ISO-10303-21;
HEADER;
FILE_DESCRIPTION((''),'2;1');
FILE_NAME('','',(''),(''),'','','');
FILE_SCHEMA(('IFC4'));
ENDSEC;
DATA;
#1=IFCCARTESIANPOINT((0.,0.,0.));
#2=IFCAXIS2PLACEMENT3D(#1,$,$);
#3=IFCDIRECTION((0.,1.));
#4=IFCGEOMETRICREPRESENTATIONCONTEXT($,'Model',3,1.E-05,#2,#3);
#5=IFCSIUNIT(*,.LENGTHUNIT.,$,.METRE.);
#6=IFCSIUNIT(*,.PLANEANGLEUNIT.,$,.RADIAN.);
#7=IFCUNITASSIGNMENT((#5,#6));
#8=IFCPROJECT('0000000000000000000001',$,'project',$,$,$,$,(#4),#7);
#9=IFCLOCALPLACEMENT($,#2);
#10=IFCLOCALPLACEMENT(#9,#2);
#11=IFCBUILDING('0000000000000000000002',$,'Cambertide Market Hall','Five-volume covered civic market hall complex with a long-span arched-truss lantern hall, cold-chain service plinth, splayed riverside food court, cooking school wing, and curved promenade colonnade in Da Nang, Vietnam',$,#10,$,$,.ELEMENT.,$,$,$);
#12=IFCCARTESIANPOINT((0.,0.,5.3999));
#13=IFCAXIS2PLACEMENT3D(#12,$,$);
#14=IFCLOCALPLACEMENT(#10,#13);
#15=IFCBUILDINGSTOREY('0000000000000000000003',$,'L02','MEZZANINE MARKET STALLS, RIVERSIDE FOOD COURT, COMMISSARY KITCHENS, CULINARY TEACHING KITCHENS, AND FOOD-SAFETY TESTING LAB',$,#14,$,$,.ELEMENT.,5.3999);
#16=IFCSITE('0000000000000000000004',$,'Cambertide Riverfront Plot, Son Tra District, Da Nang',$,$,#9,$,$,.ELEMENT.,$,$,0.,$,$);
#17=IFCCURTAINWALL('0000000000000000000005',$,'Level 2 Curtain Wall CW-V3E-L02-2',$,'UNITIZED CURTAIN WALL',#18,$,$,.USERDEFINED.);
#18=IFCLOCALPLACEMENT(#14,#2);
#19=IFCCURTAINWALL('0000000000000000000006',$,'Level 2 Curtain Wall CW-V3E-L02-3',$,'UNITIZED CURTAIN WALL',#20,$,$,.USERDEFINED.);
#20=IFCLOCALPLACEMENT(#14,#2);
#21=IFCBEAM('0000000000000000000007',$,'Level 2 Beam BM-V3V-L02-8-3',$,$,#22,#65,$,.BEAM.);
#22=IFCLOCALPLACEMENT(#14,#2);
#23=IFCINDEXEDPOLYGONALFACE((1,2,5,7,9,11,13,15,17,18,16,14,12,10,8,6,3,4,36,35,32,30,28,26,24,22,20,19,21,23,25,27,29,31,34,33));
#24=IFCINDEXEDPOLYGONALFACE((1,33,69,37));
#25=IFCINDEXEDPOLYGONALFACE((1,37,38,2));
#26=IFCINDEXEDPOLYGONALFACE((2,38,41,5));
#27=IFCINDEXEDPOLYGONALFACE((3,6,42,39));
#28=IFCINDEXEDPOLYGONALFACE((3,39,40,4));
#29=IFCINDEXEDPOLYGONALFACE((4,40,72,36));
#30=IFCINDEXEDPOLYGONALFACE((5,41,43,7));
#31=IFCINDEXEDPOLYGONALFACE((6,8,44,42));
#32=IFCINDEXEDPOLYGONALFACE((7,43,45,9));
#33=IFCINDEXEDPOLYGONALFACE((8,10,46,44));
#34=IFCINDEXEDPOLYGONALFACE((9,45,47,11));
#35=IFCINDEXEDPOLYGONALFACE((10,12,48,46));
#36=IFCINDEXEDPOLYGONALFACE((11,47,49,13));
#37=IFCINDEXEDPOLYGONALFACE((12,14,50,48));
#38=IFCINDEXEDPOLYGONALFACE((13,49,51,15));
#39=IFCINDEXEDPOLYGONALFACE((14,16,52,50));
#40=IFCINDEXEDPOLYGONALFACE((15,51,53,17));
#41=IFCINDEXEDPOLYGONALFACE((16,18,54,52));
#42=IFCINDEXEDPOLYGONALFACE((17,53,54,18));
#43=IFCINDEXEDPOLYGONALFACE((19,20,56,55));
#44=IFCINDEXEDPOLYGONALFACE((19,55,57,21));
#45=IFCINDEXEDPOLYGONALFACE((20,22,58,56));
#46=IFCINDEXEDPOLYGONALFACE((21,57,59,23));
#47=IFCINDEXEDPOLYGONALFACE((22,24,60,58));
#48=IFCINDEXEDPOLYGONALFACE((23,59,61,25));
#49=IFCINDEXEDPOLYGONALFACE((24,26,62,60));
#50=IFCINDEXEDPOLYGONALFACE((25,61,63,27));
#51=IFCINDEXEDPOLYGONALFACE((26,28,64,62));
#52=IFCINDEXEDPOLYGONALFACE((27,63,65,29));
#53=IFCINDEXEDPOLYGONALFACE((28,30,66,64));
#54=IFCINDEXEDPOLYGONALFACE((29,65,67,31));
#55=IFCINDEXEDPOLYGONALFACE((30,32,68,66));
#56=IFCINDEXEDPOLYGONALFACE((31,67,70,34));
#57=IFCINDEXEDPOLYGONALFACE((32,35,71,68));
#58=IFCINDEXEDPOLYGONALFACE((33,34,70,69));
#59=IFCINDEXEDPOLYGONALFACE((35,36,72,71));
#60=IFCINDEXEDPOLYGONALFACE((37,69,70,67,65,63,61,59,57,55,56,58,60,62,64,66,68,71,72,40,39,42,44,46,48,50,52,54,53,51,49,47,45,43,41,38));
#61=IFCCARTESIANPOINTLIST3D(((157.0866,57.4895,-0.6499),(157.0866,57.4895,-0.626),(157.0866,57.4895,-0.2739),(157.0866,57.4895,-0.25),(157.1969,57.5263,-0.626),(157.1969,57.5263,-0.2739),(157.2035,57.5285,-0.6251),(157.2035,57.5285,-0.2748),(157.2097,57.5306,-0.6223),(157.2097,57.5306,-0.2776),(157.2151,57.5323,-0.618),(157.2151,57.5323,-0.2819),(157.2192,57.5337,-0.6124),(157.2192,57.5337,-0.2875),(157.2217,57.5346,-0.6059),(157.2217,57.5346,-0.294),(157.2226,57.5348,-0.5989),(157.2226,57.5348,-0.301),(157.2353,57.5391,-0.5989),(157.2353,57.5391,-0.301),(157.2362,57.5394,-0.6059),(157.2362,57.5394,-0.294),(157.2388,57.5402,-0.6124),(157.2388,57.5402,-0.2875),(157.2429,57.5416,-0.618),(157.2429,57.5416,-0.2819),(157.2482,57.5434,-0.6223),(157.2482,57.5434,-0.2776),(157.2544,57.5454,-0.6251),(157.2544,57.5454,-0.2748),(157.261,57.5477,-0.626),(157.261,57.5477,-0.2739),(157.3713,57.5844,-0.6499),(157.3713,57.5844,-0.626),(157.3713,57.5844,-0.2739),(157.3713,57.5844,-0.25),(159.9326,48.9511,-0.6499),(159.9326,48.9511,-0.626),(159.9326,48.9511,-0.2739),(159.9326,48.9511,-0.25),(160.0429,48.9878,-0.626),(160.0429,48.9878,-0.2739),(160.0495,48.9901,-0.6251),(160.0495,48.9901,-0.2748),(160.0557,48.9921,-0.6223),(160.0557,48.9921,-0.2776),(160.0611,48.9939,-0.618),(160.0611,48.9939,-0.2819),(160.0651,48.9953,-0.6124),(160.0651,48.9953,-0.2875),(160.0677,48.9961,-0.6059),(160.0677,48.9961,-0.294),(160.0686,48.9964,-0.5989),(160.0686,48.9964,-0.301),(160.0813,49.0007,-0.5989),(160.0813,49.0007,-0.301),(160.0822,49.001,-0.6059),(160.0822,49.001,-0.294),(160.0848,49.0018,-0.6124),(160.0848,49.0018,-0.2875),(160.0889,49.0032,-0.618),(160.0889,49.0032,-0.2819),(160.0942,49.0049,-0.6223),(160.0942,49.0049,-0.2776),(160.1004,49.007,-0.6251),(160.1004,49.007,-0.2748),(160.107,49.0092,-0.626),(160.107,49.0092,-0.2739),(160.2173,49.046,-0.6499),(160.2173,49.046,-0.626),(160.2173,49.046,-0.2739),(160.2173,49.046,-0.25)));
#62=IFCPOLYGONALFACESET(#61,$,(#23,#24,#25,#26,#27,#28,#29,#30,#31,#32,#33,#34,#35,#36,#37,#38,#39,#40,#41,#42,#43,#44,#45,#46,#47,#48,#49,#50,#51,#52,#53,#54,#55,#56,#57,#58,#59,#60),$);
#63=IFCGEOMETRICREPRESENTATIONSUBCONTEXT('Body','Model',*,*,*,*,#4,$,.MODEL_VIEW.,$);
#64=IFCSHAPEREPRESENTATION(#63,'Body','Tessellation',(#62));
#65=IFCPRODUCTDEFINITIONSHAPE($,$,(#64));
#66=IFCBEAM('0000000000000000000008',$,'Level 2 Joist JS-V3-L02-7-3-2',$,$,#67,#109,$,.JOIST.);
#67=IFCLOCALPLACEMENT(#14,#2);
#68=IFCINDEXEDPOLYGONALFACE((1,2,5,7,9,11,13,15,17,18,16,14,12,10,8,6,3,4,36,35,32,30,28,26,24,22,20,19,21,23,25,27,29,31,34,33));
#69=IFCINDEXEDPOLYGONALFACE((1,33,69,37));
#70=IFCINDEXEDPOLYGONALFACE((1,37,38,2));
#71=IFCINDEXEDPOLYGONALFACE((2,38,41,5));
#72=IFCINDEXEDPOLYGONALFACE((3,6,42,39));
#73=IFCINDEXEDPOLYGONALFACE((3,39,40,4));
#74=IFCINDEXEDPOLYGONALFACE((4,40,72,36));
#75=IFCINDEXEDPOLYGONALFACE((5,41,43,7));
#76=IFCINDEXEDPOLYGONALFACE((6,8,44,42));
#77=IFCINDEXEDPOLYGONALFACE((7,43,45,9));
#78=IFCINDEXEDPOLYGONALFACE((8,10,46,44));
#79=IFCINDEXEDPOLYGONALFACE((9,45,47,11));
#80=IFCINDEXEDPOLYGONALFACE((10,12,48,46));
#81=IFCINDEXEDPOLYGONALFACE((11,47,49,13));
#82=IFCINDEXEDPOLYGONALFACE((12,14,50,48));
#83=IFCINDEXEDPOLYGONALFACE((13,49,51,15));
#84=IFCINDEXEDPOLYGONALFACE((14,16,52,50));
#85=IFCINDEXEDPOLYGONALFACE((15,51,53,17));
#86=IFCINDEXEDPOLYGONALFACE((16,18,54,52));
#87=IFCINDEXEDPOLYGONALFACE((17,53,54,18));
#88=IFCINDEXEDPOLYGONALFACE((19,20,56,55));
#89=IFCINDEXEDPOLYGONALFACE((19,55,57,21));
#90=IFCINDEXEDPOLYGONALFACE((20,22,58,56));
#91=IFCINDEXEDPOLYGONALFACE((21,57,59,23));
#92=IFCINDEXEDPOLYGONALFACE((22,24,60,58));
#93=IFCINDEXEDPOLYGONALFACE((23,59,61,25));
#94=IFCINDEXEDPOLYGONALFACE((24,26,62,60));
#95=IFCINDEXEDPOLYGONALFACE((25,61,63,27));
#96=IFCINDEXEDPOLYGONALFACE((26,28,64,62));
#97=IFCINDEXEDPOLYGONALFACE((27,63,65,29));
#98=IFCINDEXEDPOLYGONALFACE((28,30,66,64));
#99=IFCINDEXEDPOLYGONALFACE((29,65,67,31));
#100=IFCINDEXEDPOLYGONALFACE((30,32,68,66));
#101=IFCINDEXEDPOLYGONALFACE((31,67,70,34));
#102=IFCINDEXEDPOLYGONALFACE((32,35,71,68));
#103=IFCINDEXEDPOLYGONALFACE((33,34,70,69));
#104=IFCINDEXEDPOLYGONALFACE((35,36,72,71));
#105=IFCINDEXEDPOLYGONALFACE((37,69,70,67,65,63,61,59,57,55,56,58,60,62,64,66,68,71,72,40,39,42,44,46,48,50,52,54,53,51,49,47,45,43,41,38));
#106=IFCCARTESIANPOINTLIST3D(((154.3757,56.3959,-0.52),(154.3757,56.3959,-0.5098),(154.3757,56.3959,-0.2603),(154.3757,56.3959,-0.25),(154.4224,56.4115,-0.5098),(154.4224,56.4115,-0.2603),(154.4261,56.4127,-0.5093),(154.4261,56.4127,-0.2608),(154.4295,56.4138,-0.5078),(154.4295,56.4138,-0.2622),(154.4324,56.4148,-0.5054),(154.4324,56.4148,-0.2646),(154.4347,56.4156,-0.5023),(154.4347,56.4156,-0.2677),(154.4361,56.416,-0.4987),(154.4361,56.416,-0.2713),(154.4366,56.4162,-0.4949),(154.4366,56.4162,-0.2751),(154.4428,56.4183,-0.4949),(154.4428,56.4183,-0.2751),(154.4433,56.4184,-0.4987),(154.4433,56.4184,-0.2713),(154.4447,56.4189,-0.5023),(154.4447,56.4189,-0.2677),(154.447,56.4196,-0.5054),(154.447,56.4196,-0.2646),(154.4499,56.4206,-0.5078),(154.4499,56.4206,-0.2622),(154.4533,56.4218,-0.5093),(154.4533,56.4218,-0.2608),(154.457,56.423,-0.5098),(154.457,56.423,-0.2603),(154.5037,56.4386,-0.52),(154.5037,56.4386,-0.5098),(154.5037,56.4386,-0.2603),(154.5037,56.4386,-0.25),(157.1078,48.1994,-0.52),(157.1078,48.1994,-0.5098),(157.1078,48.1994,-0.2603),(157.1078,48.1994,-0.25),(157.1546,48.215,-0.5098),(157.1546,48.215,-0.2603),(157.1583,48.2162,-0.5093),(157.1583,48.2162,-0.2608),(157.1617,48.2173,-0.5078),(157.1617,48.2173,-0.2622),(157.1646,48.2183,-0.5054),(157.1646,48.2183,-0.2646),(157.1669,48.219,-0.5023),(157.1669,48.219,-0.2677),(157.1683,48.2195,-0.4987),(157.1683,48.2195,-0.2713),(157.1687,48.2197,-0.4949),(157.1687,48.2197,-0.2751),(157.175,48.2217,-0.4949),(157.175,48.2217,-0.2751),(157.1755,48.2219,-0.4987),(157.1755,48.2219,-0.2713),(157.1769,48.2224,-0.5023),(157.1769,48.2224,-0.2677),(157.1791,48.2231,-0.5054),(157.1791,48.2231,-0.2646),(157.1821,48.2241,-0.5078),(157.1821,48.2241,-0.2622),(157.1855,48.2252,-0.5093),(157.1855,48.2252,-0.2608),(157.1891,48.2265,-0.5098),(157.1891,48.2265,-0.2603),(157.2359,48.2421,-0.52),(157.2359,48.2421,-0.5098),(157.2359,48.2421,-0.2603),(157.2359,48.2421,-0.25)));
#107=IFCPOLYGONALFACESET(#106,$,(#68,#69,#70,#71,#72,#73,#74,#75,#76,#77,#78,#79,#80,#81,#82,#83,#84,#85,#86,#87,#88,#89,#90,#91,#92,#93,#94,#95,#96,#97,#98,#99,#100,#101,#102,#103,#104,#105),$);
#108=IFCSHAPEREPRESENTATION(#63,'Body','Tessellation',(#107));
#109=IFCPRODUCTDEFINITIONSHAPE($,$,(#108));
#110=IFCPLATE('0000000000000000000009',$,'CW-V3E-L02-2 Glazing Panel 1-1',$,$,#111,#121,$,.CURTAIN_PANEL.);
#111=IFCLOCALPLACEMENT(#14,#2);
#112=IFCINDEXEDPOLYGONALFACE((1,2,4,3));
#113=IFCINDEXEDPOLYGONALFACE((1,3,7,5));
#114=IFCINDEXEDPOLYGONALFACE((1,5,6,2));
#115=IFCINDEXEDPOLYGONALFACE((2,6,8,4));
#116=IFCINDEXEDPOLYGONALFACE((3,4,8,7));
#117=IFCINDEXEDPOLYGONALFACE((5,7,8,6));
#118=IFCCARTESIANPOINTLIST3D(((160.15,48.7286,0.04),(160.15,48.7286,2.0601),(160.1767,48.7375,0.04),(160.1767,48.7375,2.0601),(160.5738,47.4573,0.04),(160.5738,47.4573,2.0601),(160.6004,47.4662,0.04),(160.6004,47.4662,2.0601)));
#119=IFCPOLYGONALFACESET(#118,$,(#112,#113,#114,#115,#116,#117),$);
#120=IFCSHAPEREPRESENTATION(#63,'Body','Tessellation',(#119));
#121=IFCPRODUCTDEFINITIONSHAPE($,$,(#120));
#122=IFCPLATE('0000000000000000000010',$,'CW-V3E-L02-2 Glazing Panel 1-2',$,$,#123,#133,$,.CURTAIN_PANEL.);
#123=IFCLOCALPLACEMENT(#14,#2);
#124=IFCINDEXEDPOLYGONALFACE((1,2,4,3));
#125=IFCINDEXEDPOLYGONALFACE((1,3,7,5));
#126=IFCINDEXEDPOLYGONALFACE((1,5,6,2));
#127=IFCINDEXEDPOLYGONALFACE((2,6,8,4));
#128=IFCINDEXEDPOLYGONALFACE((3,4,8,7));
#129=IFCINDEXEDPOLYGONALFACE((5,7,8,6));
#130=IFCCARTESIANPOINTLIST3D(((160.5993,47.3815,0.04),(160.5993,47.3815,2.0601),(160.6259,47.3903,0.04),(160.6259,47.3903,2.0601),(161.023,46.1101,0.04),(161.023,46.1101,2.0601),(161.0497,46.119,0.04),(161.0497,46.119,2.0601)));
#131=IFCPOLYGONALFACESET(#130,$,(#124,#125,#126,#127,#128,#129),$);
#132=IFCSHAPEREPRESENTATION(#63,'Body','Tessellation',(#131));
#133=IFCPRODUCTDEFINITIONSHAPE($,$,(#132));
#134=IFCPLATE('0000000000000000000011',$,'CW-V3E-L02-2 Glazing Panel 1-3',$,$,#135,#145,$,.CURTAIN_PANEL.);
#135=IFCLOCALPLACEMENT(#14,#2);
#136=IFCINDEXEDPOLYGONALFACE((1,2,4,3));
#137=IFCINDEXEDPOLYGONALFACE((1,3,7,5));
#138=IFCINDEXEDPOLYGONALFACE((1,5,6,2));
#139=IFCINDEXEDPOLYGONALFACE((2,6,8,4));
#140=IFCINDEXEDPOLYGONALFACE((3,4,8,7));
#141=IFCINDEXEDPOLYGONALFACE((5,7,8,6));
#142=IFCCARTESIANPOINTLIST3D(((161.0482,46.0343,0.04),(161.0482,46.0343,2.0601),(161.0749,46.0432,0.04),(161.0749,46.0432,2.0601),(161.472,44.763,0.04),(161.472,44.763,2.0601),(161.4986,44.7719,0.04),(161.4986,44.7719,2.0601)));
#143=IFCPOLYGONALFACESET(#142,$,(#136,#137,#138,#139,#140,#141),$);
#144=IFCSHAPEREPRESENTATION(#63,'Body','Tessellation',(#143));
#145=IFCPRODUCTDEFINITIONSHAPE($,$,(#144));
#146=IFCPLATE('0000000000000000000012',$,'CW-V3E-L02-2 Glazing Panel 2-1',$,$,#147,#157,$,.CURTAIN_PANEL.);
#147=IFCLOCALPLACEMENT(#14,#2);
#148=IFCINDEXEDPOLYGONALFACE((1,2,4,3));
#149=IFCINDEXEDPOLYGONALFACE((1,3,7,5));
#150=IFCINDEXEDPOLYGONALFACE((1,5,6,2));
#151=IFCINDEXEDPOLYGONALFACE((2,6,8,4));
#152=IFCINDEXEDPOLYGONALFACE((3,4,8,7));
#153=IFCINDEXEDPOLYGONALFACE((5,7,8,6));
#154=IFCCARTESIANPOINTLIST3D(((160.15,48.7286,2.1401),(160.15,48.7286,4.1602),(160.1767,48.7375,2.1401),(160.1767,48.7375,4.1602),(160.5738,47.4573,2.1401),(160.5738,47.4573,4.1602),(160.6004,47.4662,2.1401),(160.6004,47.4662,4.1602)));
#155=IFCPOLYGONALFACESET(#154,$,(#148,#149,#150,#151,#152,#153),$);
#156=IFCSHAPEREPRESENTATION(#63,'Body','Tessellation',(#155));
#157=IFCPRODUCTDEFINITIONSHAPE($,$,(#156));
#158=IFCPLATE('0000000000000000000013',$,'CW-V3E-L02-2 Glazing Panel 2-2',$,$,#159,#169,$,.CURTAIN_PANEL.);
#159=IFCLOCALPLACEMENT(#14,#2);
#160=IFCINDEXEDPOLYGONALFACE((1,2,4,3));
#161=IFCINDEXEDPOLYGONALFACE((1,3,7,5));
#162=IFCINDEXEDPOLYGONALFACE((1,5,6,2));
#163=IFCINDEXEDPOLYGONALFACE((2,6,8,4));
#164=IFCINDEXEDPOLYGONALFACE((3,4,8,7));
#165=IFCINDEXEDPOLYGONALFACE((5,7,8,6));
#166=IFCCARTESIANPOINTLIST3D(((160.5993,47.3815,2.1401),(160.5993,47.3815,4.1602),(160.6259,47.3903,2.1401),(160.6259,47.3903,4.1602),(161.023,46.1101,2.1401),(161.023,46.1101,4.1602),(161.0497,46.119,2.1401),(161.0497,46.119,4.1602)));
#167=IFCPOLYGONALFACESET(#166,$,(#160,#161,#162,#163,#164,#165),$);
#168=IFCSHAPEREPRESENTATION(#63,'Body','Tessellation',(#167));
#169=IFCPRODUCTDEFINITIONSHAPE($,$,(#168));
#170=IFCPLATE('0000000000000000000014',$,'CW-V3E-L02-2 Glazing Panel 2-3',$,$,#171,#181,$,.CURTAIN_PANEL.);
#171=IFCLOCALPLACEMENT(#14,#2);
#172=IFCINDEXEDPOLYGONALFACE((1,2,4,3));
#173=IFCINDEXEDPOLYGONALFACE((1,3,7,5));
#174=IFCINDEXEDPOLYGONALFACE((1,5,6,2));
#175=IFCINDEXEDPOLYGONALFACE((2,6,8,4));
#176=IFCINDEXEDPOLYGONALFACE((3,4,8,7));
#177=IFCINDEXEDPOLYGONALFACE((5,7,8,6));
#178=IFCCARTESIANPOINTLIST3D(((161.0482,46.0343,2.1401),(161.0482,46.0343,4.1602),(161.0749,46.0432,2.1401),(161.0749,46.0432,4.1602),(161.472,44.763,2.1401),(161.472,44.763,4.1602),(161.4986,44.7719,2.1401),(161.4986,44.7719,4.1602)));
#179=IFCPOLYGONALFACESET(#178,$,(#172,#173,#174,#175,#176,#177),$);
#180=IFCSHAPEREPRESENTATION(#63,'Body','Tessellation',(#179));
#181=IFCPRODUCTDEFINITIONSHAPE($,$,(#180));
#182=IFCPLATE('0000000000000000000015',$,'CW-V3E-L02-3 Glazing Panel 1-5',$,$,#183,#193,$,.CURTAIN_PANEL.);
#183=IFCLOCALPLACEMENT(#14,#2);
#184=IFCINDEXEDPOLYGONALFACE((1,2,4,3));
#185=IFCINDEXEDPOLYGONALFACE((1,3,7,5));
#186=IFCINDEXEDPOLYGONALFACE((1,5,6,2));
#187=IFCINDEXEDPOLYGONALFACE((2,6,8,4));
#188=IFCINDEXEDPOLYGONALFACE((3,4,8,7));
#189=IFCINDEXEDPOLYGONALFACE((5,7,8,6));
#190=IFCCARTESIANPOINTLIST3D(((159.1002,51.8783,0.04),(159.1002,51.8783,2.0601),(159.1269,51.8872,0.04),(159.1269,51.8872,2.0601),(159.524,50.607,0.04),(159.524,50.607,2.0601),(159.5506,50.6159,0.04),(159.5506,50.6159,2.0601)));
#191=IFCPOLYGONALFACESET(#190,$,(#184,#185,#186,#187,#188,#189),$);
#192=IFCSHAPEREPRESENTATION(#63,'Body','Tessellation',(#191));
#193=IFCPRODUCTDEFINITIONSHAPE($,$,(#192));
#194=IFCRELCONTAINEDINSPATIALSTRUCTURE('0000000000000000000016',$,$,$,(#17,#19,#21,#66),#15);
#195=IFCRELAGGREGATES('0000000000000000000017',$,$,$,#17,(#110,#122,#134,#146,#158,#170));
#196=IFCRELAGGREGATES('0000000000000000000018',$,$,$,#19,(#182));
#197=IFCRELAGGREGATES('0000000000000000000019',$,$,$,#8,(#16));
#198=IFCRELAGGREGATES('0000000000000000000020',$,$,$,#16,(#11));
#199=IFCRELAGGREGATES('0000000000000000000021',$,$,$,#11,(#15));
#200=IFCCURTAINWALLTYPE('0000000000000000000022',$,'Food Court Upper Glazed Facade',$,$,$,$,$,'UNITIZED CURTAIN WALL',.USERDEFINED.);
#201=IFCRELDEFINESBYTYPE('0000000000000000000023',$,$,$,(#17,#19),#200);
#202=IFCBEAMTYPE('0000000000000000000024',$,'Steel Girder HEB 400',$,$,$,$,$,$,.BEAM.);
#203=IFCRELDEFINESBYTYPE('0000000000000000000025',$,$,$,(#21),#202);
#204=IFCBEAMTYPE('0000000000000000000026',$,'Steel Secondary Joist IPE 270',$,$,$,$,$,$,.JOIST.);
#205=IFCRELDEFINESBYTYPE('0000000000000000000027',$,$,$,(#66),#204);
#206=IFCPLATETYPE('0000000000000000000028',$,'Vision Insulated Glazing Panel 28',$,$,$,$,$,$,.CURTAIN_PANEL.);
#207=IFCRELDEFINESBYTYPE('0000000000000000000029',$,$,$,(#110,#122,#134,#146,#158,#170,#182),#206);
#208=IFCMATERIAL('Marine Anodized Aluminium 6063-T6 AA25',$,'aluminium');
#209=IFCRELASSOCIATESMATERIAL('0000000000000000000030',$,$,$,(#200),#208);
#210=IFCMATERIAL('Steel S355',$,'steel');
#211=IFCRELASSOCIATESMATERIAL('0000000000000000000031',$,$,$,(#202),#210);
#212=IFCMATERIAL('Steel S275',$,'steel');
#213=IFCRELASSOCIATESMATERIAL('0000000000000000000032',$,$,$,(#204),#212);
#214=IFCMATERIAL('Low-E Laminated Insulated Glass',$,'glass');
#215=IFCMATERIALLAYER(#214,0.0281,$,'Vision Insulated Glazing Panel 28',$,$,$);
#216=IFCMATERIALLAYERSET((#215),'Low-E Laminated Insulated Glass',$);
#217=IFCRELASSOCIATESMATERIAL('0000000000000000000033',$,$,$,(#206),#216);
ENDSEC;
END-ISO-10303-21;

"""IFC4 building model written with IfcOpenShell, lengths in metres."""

from ifc_helpers import new_model, si_unit, direction, frame, origin, origin_2d, place, context, subcontext, project, spatial, rectangle, i_section, extrude, material, layer, layer_set, material_profile, profile_set, type_object, element, aggregate, save


model = new_model("IFC4")

# Units and contexts
model_context = context("Model", 3, precision=1e-05, world=origin(), true_north=direction((0.0, 1.0)))
body_context = subcontext(model_context, "Body", "Model", "MODEL_VIEW")
ifc_project = project(units=[si_unit("LENGTHUNIT", "METRE"), si_unit("PLANEANGLEUNIT", "RADIAN")], contexts=[model_context])

# Site, building, storey
site_placement = place(None, origin())
site = spatial("IfcSite", under=ifc_project, at=site_placement, Name="Cambertide Riverfront Plot, Son Tra District, Da Nang", CompositionType="ELEMENT", RefElevation=0.0)
building_placement = place(site_placement, origin())
building = spatial("IfcBuilding", under=site, at=building_placement, Name="Cambertide Market Hall", Description="Five-volume covered civic market hall complex with a long-span arched-truss lantern hall, cold-chain service plinth, splayed riverside food court, cooking school wing, and curved promenade colonnade in Da Nang, Vietnam", CompositionType="ELEMENT")
storey_placement = place(building_placement, frame((0.0, 0.0, 5.3999)))
storey = spatial("IfcBuildingStorey", under=building, at=storey_placement, Name="L02", Description="MEZZANINE MARKET STALLS, RIVERSIDE FOOD COURT, COMMISSARY KITCHENS, CULINARY TEACHING KITCHENS, AND FOOD-SAFETY TESTING LAB", CompositionType="ELEMENT", Elevation=5.3999)

# Curtain walls
ifc_material_1 = material(Name="Marine Anodized Aluminium 6063-T6 AA25", Category="aluminium")
curtain_wall_type = type_object("IfcCurtainWallType", Name="Food Court Upper Glazed Facade", ElementType="UNITIZED CURTAIN WALL", PredefinedType="USERDEFINED", material=ifc_material_1)
curtain_wall_1_placement = place(storey_placement, origin())
curtain_wall_1 = element("IfcCurtainWall", 1, at=curtain_wall_1_placement, inside=storey, type_object=curtain_wall_type, Name="Level 2 Curtain Wall CW-V3E-L02-2", ObjectType="UNITIZED CURTAIN WALL", PredefinedType="USERDEFINED")
curtain_wall_2_placement = place(storey_placement, origin())
curtain_wall_2 = element("IfcCurtainWall", 2, at=curtain_wall_2_placement, inside=storey, type_object=curtain_wall_type, Name="Level 2 Curtain Wall CW-V3E-L02-3", ObjectType="UNITIZED CURTAIN WALL", PredefinedType="USERDEFINED")

# Beams
ifc_material_2 = material(Name="Steel S355", Category="steel")
ifc_material_profile_1 = material_profile(ifc_material_2, i_section(OverallWidth=0.3, OverallDepth=0.3999, WebThickness=0.0134, FlangeThickness=0.0239, FilletRadius=0.0271, at=origin_2d()), Name="HEB 400")
ifc_profile_set_1 = profile_set([ifc_material_profile_1], Name="Steel S355")
beam_type_1 = type_object("IfcBeamType", Name="Steel Girder HEB 400", PredefinedType="BEAM", material=ifc_profile_set_1)
beam_1_placement = place(storey_placement, frame((160.075, 48.9985, -0.45), z_axis=(-0.316211, 0.948689, 0.0), x_axis=(-0.948689, -0.316211, 0.0)))
element("IfcBeam", 3, at=beam_1_placement, inside=storey, type_object=beam_type_1, Name="Level 2 Beam BM-V3V-L02-8-3", PredefinedType="BEAM", context=body_context, shape_type="SweptSolid", body=[
    extrude(i_section(OverallWidth=0.3, OverallDepth=0.3999, WebThickness=0.0134, FlangeThickness=0.0239, FilletRadius=0.0271, at=origin_2d()), origin(), (0.0, 0.0, 1.0), 9.0002),
])
ifc_material_3 = material(Name="Steel S275", Category="steel")
ifc_material_profile_2 = material_profile(ifc_material_3, i_section(OverallWidth=0.135, OverallDepth=0.27, WebThickness=0.0066, FlangeThickness=0.0103, FilletRadius=0.0149, at=origin_2d()), Name="IPE 270")
ifc_profile_set_2 = profile_set([ifc_material_profile_2], Name="Steel S275")
beam_type_2 = type_object("IfcBeamType", Name="Steel Secondary Joist IPE 270", PredefinedType="JOIST", material=ifc_profile_set_2)
beam_2_placement = place(storey_placement, frame((157.1719, 48.2207, -0.385), z_axis=(-0.316228, 0.948683, 0.0), x_axis=(-0.948683, -0.316228, 0.0)))
element("IfcBeam", 4, at=beam_2_placement, inside=storey, type_object=beam_type_2, Name="Level 2 Joist JS-V3-L02-7-3-2", PredefinedType="JOIST", context=body_context, shape_type="SweptSolid", body=[
    extrude(i_section(OverallWidth=0.135, OverallDepth=0.27, WebThickness=0.0066, FlangeThickness=0.0103, FilletRadius=0.0149, at=origin_2d()), origin(), (0.0, 0.0, 1.0), 8.6399),
])

# Plates
ifc_material_4 = material(Name="Low-E Laminated Insulated Glass", Category="glass")
ifc_layer = layer(ifc_material_4, 0.0281, Name="Vision Insulated Glazing Panel 28")
ifc_layer_set = layer_set([ifc_layer], Name="Low-E Laminated Insulated Glass")
plate_type = type_object("IfcPlateType", Name="Vision Insulated Glazing Panel 28", PredefinedType="CURTAIN_PANEL", material=ifc_layer_set)
plate_1_placement = place(storey_placement, frame((160.3752, 48.0974, 0.04), z_axis=(0.0, 0.0, 1.0), x_axis=(0.316228, -0.948683, 0.0)))
plate_1 = element("IfcPlate", 5, at=plate_1_placement, type_object=plate_type, Name="CW-V3E-L02-2 Glazing Panel 1-1", PredefinedType="CURTAIN_PANEL", context=body_context, shape_type="SweptSolid", body=[
    extrude(rectangle(XDim=1.3401, YDim=0.0281, at=origin_2d()), origin(), (0.0, 0.0, 1.0), 2.02),
])
plate_2_placement = place(storey_placement, frame((160.8245, 46.7502, 0.04), z_axis=(0.0, 0.0, 1.0), x_axis=(0.316228, -0.948683, 0.0)))
plate_2 = element("IfcPlate", 6, at=plate_2_placement, type_object=plate_type, Name="CW-V3E-L02-2 Glazing Panel 1-2", PredefinedType="CURTAIN_PANEL", context=body_context, shape_type="SweptSolid", body=[
    extrude(rectangle(XDim=1.3401, YDim=0.0281, at=origin_2d()), origin(), (0.0, 0.0, 1.0), 2.02),
])
plate_3_placement = place(storey_placement, frame((161.2734, 45.4031, 0.04), z_axis=(0.0, 0.0, 1.0), x_axis=(0.316228, -0.948683, 0.0)))
plate_3 = element("IfcPlate", 7, at=plate_3_placement, type_object=plate_type, Name="CW-V3E-L02-2 Glazing Panel 1-3", PredefinedType="CURTAIN_PANEL", context=body_context, shape_type="SweptSolid", body=[
    extrude(rectangle(XDim=1.3401, YDim=0.0281, at=origin_2d()), origin(), (0.0, 0.0, 1.0), 2.02),
])
plate_4_placement = place(storey_placement, frame((160.3752, 48.0974, 2.1401), z_axis=(0.0, 0.0, 1.0), x_axis=(0.316228, -0.948683, 0.0)))
plate_4 = element("IfcPlate", 8, at=plate_4_placement, type_object=plate_type, Name="CW-V3E-L02-2 Glazing Panel 2-1", PredefinedType="CURTAIN_PANEL", context=body_context, shape_type="SweptSolid", body=[
    extrude(rectangle(XDim=1.3401, YDim=0.0281, at=origin_2d()), origin(), (0.0, 0.0, 1.0), 2.02),
])
plate_5_placement = place(storey_placement, frame((160.8245, 46.7502, 2.1401), z_axis=(0.0, 0.0, 1.0), x_axis=(0.316228, -0.948683, 0.0)))
plate_5 = element("IfcPlate", 9, at=plate_5_placement, type_object=plate_type, Name="CW-V3E-L02-2 Glazing Panel 2-2", PredefinedType="CURTAIN_PANEL", context=body_context, shape_type="SweptSolid", body=[
    extrude(rectangle(XDim=1.3401, YDim=0.0281, at=origin_2d()), origin(), (0.0, 0.0, 1.0), 2.02),
])
plate_6_placement = place(storey_placement, frame((161.2734, 45.4031, 2.1401), z_axis=(0.0, 0.0, 1.0), x_axis=(0.316228, -0.948683, 0.0)))
plate_6 = element("IfcPlate", 10, at=plate_6_placement, type_object=plate_type, Name="CW-V3E-L02-2 Glazing Panel 2-3", PredefinedType="CURTAIN_PANEL", context=body_context, shape_type="SweptSolid", body=[
    extrude(rectangle(XDim=1.3401, YDim=0.0281, at=origin_2d()), origin(), (0.0, 0.0, 1.0), 2.02),
])
aggregate(curtain_wall_1, [plate_1, plate_2, plate_3, plate_4, plate_5, plate_6])
plate_7_placement = place(storey_placement, frame((159.3254, 51.2471, 0.04), z_axis=(0.0, 0.0, 1.0), x_axis=(0.316228, -0.948683, 0.0)))
plate_7 = element("IfcPlate", 11, at=plate_7_placement, type_object=plate_type, Name="CW-V3E-L02-3 Glazing Panel 1-5", PredefinedType="CURTAIN_PANEL", context=body_context, shape_type="SweptSolid", body=[
    extrude(rectangle(XDim=1.3401, YDim=0.0281, at=origin_2d()), origin(), (0.0, 0.0, 1.0), 2.02),
])
aggregate(curtain_wall_2, [plate_7])

save(model, "model.ifc")
